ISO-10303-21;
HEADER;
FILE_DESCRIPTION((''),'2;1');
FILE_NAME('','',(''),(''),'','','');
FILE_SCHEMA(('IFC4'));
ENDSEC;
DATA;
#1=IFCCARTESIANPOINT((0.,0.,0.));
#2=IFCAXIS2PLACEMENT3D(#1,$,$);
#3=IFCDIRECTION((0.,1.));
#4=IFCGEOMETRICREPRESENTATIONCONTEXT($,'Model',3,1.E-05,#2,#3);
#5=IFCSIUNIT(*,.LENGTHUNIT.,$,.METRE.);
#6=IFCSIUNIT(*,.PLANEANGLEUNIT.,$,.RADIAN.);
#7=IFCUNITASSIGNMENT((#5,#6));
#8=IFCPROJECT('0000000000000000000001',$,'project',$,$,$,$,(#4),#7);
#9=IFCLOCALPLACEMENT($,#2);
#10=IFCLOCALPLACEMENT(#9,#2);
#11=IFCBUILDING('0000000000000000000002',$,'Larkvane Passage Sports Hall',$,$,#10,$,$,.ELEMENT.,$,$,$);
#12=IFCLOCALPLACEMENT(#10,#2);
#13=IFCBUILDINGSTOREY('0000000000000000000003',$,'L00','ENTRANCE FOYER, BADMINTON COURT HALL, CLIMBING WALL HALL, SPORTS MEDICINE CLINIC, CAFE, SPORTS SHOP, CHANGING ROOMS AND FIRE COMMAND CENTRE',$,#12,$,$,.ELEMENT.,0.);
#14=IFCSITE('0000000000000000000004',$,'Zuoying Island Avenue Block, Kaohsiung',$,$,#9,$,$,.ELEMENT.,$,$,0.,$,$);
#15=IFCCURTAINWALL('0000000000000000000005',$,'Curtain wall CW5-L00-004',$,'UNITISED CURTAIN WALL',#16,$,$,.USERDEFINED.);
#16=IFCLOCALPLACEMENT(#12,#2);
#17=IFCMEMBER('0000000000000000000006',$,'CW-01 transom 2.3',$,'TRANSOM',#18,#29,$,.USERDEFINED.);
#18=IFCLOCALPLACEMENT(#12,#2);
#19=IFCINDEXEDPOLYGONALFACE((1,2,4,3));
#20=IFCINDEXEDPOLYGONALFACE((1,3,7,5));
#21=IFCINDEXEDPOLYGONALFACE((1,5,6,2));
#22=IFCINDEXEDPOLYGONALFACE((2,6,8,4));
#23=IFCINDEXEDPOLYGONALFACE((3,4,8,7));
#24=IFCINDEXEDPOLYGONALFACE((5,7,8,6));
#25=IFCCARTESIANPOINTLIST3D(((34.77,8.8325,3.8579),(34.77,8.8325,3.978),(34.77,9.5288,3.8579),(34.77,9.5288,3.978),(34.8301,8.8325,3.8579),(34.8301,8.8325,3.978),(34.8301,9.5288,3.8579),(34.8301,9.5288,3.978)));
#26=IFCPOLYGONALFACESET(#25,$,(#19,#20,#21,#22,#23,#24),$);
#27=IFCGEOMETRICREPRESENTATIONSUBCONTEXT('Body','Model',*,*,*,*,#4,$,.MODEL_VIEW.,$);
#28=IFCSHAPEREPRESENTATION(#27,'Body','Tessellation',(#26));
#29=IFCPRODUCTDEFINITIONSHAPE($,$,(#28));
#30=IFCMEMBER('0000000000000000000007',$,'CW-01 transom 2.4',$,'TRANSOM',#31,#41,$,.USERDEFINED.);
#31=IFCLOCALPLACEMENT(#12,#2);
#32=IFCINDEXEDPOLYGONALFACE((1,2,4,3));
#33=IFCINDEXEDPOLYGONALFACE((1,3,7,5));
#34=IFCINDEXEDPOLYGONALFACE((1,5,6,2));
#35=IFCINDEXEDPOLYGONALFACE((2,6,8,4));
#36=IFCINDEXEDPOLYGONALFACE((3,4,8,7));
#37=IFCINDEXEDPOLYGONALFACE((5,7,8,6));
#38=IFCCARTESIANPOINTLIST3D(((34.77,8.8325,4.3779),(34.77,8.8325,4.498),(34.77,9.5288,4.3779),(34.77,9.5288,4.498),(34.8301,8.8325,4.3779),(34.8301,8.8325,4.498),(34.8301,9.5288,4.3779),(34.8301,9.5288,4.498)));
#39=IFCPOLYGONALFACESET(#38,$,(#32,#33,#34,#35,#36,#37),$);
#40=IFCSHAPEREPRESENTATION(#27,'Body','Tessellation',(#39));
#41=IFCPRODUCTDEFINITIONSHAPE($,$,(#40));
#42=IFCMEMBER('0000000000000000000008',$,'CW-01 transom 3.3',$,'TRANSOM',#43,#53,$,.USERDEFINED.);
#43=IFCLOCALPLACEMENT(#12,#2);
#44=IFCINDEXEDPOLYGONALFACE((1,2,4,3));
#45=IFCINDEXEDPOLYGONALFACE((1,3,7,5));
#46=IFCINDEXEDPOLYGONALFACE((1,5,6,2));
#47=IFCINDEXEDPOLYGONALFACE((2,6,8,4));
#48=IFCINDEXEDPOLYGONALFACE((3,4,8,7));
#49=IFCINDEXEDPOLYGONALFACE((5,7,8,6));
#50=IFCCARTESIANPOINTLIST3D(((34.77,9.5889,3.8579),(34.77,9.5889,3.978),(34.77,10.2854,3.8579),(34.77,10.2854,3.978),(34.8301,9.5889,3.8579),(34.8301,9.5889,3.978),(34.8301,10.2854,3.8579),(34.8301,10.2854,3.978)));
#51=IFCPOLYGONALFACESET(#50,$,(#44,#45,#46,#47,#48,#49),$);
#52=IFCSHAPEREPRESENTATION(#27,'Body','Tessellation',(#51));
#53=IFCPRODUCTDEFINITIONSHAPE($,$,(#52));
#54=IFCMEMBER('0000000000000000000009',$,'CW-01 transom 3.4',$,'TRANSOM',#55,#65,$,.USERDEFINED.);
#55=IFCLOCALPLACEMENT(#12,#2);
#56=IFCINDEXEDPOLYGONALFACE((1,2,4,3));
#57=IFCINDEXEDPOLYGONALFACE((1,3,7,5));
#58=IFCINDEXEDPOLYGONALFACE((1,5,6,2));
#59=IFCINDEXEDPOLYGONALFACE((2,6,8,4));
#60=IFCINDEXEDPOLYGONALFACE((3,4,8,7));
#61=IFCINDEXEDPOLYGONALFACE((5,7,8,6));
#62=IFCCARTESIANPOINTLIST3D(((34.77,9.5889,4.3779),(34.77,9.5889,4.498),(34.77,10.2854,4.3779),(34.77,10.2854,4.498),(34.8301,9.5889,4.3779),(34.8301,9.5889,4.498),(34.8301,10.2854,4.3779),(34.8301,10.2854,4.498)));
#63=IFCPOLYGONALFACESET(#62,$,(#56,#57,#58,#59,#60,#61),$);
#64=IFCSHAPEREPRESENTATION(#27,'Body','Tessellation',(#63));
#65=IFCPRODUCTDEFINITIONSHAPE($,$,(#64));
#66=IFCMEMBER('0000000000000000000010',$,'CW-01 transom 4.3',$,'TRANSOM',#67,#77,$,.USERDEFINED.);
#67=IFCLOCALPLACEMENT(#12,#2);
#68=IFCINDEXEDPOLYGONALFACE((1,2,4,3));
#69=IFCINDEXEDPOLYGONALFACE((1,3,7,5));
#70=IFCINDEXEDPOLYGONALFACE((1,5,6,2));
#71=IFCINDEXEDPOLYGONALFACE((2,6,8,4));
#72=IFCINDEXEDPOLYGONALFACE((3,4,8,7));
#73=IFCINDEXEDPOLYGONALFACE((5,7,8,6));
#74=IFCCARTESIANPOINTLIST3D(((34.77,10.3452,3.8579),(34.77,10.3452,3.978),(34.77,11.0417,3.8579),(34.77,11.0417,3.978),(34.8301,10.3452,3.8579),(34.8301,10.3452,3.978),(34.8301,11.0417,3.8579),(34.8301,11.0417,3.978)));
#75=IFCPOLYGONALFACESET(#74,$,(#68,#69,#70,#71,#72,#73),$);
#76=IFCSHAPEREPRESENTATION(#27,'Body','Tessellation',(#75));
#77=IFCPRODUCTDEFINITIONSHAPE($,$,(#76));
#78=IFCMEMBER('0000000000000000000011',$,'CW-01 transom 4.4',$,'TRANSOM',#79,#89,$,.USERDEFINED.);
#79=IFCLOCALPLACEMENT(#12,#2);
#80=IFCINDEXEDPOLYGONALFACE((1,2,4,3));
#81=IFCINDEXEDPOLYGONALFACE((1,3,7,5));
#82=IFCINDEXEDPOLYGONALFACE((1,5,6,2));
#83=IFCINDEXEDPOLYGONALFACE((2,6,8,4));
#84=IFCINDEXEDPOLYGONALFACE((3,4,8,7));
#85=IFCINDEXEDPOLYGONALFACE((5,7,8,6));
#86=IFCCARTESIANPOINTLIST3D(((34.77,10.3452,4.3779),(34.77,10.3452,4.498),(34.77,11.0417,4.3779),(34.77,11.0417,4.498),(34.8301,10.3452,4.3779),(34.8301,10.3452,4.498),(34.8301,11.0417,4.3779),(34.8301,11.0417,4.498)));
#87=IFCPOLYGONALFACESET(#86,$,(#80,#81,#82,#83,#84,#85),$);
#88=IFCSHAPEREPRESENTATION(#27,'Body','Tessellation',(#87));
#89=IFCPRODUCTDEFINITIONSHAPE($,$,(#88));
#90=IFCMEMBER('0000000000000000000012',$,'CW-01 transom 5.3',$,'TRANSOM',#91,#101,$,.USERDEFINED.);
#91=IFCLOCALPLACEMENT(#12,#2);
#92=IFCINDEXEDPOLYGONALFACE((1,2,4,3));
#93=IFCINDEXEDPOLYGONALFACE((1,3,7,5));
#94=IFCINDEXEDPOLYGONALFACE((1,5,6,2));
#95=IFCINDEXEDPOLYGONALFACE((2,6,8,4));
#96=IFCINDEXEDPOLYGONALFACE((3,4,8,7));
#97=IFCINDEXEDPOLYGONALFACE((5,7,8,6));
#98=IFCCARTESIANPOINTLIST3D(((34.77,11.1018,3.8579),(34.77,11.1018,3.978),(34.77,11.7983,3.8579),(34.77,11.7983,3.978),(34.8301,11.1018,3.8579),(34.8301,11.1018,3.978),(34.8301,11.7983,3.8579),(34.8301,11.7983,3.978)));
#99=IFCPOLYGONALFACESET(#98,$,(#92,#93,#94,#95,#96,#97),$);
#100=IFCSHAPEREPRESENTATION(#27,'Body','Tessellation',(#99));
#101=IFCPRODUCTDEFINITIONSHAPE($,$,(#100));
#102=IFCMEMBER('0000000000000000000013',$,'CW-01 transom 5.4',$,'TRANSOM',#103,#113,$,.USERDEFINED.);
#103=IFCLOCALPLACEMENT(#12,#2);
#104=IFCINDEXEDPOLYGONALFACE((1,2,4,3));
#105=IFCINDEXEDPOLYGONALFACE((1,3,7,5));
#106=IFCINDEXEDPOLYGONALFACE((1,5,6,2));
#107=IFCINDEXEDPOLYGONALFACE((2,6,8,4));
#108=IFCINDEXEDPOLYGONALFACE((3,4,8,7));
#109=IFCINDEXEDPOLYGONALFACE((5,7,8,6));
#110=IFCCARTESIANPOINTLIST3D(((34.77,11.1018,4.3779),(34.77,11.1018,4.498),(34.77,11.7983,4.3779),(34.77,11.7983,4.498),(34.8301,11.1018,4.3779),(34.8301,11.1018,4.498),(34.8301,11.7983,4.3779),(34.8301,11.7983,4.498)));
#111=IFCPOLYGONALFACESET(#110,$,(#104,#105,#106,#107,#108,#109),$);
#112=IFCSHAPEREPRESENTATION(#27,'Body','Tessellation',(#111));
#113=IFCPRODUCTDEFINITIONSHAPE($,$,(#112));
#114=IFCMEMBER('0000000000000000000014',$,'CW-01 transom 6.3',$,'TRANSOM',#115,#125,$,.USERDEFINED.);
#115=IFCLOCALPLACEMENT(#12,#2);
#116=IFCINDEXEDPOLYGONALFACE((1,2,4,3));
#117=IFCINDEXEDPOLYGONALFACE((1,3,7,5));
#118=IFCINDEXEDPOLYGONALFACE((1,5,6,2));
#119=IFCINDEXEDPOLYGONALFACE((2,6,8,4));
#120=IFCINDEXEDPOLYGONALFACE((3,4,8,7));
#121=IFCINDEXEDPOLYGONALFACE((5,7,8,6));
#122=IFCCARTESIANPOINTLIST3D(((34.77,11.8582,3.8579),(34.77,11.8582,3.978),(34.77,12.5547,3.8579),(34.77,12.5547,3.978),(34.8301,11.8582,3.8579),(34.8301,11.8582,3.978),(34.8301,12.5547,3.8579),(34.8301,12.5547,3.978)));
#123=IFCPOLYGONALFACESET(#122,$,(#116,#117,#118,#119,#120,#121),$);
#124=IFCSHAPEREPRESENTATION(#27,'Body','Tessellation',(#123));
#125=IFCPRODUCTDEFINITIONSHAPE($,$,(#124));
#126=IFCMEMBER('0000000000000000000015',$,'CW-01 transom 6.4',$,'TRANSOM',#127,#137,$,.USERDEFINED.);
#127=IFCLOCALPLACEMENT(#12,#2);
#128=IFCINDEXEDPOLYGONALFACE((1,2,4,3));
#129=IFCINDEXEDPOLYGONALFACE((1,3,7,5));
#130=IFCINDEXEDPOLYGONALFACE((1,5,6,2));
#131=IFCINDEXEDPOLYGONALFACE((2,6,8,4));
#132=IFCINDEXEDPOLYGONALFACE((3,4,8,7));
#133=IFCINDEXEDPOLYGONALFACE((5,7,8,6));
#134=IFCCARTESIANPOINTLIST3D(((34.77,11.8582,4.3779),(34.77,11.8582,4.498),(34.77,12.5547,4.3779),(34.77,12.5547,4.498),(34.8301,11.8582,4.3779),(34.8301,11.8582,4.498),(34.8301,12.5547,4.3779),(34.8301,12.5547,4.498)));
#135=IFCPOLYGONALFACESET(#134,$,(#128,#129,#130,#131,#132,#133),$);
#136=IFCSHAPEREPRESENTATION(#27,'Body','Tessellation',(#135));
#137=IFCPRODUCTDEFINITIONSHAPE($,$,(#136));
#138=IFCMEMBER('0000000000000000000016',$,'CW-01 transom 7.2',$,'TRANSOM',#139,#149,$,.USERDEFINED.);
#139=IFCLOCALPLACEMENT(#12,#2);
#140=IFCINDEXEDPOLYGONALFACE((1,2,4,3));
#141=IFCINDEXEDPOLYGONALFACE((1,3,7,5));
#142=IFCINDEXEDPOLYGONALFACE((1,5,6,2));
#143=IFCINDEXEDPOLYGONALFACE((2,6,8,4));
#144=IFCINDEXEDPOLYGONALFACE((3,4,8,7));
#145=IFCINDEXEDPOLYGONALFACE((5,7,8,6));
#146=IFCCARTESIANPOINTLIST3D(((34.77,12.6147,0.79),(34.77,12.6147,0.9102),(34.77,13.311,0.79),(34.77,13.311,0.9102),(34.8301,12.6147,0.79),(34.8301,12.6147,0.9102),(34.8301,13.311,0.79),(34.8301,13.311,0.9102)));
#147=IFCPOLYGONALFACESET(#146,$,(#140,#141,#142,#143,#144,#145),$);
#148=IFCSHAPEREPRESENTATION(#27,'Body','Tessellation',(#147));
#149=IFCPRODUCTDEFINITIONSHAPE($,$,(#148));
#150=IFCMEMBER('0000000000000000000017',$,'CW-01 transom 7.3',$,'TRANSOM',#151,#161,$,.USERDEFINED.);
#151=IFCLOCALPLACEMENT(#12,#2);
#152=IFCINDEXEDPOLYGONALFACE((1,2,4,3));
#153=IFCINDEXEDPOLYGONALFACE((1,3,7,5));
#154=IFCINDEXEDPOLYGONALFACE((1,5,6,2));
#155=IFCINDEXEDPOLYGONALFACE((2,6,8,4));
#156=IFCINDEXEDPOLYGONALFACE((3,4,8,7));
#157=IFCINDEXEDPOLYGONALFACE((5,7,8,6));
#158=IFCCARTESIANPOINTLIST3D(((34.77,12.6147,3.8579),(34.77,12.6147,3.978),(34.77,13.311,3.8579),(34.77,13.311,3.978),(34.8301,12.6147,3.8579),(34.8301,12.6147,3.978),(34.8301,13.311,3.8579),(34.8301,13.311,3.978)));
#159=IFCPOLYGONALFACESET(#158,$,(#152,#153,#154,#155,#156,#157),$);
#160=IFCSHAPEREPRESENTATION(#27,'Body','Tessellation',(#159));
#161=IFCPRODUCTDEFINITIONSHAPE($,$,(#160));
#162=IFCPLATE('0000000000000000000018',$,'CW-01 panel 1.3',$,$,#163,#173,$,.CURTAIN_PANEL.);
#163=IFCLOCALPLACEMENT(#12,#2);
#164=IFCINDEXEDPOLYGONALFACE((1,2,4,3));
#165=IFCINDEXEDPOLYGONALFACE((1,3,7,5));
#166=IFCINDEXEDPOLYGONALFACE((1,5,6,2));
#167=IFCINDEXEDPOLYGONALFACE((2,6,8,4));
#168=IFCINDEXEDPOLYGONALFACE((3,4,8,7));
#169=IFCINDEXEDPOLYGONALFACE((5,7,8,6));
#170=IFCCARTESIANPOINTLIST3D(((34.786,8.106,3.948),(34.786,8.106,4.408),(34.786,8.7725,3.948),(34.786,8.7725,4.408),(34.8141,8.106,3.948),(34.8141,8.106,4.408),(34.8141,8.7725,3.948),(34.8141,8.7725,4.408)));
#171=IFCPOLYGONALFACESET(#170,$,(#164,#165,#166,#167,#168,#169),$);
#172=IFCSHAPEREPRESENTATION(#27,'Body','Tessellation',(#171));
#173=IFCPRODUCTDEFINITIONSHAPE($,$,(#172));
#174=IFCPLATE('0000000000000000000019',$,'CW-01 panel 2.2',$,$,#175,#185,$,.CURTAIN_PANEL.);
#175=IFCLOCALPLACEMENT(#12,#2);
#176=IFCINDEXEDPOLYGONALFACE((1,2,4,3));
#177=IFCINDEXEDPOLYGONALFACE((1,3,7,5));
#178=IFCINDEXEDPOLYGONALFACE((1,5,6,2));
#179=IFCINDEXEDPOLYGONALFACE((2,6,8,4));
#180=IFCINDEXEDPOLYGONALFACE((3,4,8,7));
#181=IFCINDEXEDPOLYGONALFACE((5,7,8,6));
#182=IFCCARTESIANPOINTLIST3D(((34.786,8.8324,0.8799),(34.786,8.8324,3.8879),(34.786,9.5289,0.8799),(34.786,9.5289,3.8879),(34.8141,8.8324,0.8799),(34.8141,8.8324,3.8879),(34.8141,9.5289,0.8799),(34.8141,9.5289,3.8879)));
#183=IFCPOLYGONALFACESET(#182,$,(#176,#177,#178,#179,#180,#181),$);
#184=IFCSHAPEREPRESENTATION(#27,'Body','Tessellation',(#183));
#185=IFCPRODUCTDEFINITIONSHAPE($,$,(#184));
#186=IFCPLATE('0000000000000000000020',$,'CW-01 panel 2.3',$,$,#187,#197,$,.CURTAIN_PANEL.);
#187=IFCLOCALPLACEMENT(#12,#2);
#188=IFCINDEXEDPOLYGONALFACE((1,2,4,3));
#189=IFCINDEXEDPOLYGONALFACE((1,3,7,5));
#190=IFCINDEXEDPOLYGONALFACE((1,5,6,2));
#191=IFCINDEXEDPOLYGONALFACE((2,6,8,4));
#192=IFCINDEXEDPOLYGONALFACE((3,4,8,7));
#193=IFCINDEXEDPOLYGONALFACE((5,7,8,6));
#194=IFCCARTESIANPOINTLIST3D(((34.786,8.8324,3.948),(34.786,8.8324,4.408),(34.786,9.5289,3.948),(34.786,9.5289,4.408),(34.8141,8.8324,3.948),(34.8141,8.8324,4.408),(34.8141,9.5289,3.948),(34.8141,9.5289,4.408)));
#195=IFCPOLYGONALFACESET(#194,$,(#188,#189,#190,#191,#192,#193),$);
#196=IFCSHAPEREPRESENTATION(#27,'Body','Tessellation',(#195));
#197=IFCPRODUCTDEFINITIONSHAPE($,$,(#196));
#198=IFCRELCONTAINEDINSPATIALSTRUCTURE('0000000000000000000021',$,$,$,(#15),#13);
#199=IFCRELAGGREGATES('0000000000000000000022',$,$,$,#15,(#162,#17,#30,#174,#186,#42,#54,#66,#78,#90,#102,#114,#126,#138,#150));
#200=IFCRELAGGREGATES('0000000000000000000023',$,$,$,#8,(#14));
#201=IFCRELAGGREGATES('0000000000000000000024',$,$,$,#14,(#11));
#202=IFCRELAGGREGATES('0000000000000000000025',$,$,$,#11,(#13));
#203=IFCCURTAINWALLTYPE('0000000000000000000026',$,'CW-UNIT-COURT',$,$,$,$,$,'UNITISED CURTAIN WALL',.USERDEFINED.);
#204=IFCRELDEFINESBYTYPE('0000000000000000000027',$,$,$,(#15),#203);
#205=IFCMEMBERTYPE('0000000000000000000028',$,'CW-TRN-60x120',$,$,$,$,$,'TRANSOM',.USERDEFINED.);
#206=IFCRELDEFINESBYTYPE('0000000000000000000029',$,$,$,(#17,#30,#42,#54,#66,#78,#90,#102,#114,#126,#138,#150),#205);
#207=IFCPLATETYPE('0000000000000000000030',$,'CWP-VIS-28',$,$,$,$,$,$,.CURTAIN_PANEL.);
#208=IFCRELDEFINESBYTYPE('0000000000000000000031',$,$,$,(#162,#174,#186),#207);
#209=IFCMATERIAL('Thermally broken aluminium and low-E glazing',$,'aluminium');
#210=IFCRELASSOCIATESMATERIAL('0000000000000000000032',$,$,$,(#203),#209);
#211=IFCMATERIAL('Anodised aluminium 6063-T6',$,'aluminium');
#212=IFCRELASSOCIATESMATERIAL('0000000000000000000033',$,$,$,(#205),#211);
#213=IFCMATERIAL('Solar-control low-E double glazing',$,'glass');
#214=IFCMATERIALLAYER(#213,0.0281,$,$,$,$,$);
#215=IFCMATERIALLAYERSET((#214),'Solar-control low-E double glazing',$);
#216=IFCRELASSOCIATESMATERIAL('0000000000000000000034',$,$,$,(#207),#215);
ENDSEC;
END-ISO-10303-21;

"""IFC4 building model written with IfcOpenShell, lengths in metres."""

from ifc_helpers import new_model, si_unit, direction, frame, origin, origin_2d, place, context, subcontext, project, spatial, rectangle, extrude, material, layer, layer_set, material_profile, profile_set, type_object, element, aggregate, save


model = new_model("IFC4")

# Units and contexts
model_context = context("Model", 3, precision=1e-05, world=origin(), true_north=direction((0.0, 1.0)))
body_context = subcontext(model_context, "Body", "Model", "MODEL_VIEW")
ifc_project = project(units=[si_unit("LENGTHUNIT", "METRE"), si_unit("PLANEANGLEUNIT", "RADIAN")], contexts=[model_context])

# Site, building, storey
site_placement = place(None, origin())
site = spatial("IfcSite", under=ifc_project, at=site_placement, Name="Zuoying Island Avenue Block, Kaohsiung", CompositionType="ELEMENT", RefElevation=0.0)
building_placement = place(site_placement, origin())
building = spatial("IfcBuilding", under=site, at=building_placement, Name="Larkvane Passage Sports Hall", CompositionType="ELEMENT")
storey_placement = place(building_placement, origin())
storey = spatial("IfcBuildingStorey", under=building, at=storey_placement, Name="L00", Description="ENTRANCE FOYER, BADMINTON COURT HALL, CLIMBING WALL HALL, SPORTS MEDICINE CLINIC, CAFE, SPORTS SHOP, CHANGING ROOMS AND FIRE COMMAND CENTRE", CompositionType="ELEMENT", Elevation=0.0)

# Curtain wall, members, plates
ifc_material_1 = material(Name="Thermally broken aluminium and low-E glazing", Category="aluminium")
curtain_wall_type = type_object("IfcCurtainWallType", Name="CW-UNIT-COURT", ElementType="UNITISED CURTAIN WALL", PredefinedType="USERDEFINED", material=ifc_material_1)
curtain_wall_placement = place(storey_placement, origin())
curtain_wall = element("IfcCurtainWall", 1, at=curtain_wall_placement, inside=storey, type_object=curtain_wall_type, Name="Curtain wall CW5-L00-004", ObjectType="UNITISED CURTAIN WALL", PredefinedType="USERDEFINED")
ifc_material_2 = material(Name="Anodised aluminium 6063-T6", Category="aluminium")
ifc_material_profile = material_profile(ifc_material_2, rectangle(XDim=0.0601, YDim=0.1201, at=origin_2d()), Name="ALU-TRN-60x120")
ifc_profile_set = profile_set([ifc_material_profile], Name="Anodised aluminium 6063-T6")
member_type = type_object("IfcMemberType", Name="CW-TRN-60x120", ElementType="TRANSOM", PredefinedType="USERDEFINED", material=ifc_profile_set)
member_1_placement = place(storey_placement, frame((34.8, 8.8325, 3.918), z_axis=(0.0, 1.0, 0.0), x_axis=(-1.0, 0.0, 0.0)))
member_1 = element("IfcMember", 2, at=member_1_placement, type_object=member_type, Name="CW-01 transom 2.3", ObjectType="TRANSOM", PredefinedType="USERDEFINED", context=body_context, shape_type="SweptSolid", body=[
    extrude(rectangle(XDim=0.0601, YDim=0.1201, at=origin_2d()), origin(), (0.0, 0.0, 1.0), 0.6963),
])
member_2_placement = place(storey_placement, frame((34.8, 8.8325, 4.438), z_axis=(0.0, 1.0, 0.0), x_axis=(-1.0, 0.0, 0.0)))
member_2 = element("IfcMember", 3, at=member_2_placement, type_object=member_type, Name="CW-01 transom 2.4", ObjectType="TRANSOM", PredefinedType="USERDEFINED", context=body_context, shape_type="SweptSolid", body=[
    extrude(rectangle(XDim=0.0601, YDim=0.1201, at=origin_2d()), origin(), (0.0, 0.0, 1.0), 0.6963),
])
member_3_placement = place(storey_placement, frame((34.8, 9.5889, 3.918), z_axis=(0.0, 1.0, 0.0), x_axis=(-1.0, 0.0, 0.0)))
member_3 = element("IfcMember", 4, at=member_3_placement, type_object=member_type, Name="CW-01 transom 3.3", ObjectType="TRANSOM", PredefinedType="USERDEFINED", context=body_context, shape_type="SweptSolid", body=[
    extrude(rectangle(XDim=0.0601, YDim=0.1201, at=origin_2d()), origin(), (0.0, 0.0, 1.0), 0.6965),
])
member_4_placement = place(storey_placement, frame((34.8, 9.5889, 4.438), z_axis=(0.0, 1.0, 0.0), x_axis=(-1.0, 0.0, 0.0)))
member_4 = element("IfcMember", 5, at=member_4_placement, type_object=member_type, Name="CW-01 transom 3.4", ObjectType="TRANSOM", PredefinedType="USERDEFINED", context=body_context, shape_type="SweptSolid", body=[
    extrude(rectangle(XDim=0.0601, YDim=0.1201, at=origin_2d()), origin(), (0.0, 0.0, 1.0), 0.6965),
])
member_5_placement = place(storey_placement, frame((34.8, 10.3452, 3.918), z_axis=(0.0, 1.0, 0.0), x_axis=(-1.0, 0.0, 0.0)))
member_5 = element("IfcMember", 6, at=member_5_placement, type_object=member_type, Name="CW-01 transom 4.3", ObjectType="TRANSOM", PredefinedType="USERDEFINED", context=body_context, shape_type="SweptSolid", body=[
    extrude(rectangle(XDim=0.0601, YDim=0.1201, at=origin_2d()), origin(), (0.0, 0.0, 1.0), 0.6965),
])
member_6_placement = place(storey_placement, frame((34.8, 10.3452, 4.438), z_axis=(0.0, 1.0, 0.0), x_axis=(-1.0, 0.0, 0.0)))
member_6 = element("IfcMember", 7, at=member_6_placement, type_object=member_type, Name="CW-01 transom 4.4", ObjectType="TRANSOM", PredefinedType="USERDEFINED", context=body_context, shape_type="SweptSolid", body=[
    extrude(rectangle(XDim=0.0601, YDim=0.1201, at=origin_2d()), origin(), (0.0, 0.0, 1.0), 0.6965),
])
member_7_placement = place(storey_placement, frame((34.8, 11.1018, 3.918), z_axis=(0.0, 1.0, 0.0), x_axis=(-1.0, 0.0, 0.0)))
member_7 = element("IfcMember", 8, at=member_7_placement, type_object=member_type, Name="CW-01 transom 5.3", ObjectType="TRANSOM", PredefinedType="USERDEFINED", context=body_context, shape_type="SweptSolid", body=[
    extrude(rectangle(XDim=0.0601, YDim=0.1201, at=origin_2d()), origin(), (0.0, 0.0, 1.0), 0.6965),
])
member_8_placement = place(storey_placement, frame((34.8, 11.1018, 4.438), z_axis=(0.0, 1.0, 0.0), x_axis=(-1.0, 0.0, 0.0)))
member_8 = element("IfcMember", 9, at=member_8_placement, type_object=member_type, Name="CW-01 transom 5.4", ObjectType="TRANSOM", PredefinedType="USERDEFINED", context=body_context, shape_type="SweptSolid", body=[
    extrude(rectangle(XDim=0.0601, YDim=0.1201, at=origin_2d()), origin(), (0.0, 0.0, 1.0), 0.6965),
])
member_9_placement = place(storey_placement, frame((34.8, 11.8582, 3.918), z_axis=(0.0, 1.0, 0.0), x_axis=(-1.0, 0.0, 0.0)))
member_9 = element("IfcMember", 10, at=member_9_placement, type_object=member_type, Name="CW-01 transom 6.3", ObjectType="TRANSOM", PredefinedType="USERDEFINED", context=body_context, shape_type="SweptSolid", body=[
    extrude(rectangle(XDim=0.0601, YDim=0.1201, at=origin_2d()), origin(), (0.0, 0.0, 1.0), 0.6965),
])
member_10_placement = place(storey_placement, frame((34.8, 11.8582, 4.438), z_axis=(0.0, 1.0, 0.0), x_axis=(-1.0, 0.0, 0.0)))
member_10 = element("IfcMember", 11, at=member_10_placement, type_object=member_type, Name="CW-01 transom 6.4", ObjectType="TRANSOM", PredefinedType="USERDEFINED", context=body_context, shape_type="SweptSolid", body=[
    extrude(rectangle(XDim=0.0601, YDim=0.1201, at=origin_2d()), origin(), (0.0, 0.0, 1.0), 0.6965),
])
member_11_placement = place(storey_placement, frame((34.8, 12.6147, 0.8501), z_axis=(0.0, 1.0, 0.0), x_axis=(-1.0, 0.0, 0.0)))
member_11 = element("IfcMember", 12, at=member_11_placement, type_object=member_type, Name="CW-01 transom 7.2", ObjectType="TRANSOM", PredefinedType="USERDEFINED", context=body_context, shape_type="SweptSolid", body=[
    extrude(rectangle(XDim=0.0601, YDim=0.1201, at=origin_2d()), origin(), (0.0, 0.0, 1.0), 0.6963),
])
member_12_placement = place(storey_placement, frame((34.8, 12.6147, 3.918), z_axis=(0.0, 1.0, 0.0), x_axis=(-1.0, 0.0, 0.0)))
member_12 = element("IfcMember", 13, at=member_12_placement, type_object=member_type, Name="CW-01 transom 7.3", ObjectType="TRANSOM", PredefinedType="USERDEFINED", context=body_context, shape_type="SweptSolid", body=[
    extrude(rectangle(XDim=0.0601, YDim=0.1201, at=origin_2d()), origin(), (0.0, 0.0, 1.0), 0.6963),
])
ifc_material_3 = material(Name="Solar-control low-E double glazing", Category="glass")
ifc_layer = layer(ifc_material_3, 0.0281)
ifc_layer_set = layer_set([ifc_layer], Name="Solar-control low-E double glazing")
plate_type = type_object("IfcPlateType", Name="CWP-VIS-28", PredefinedType="CURTAIN_PANEL", material=ifc_layer_set)
plate_1_placement = place(storey_placement, frame((34.8, 8.4392, 3.948), z_axis=(0.0, 0.0, 1.0), x_axis=(0.0, 1.0, 0.0)))
plate_1 = element("IfcPlate", 14, at=plate_1_placement, type_object=plate_type, Name="CW-01 panel 1.3", PredefinedType="CURTAIN_PANEL", context=body_context, shape_type="SweptSolid", body=[
    extrude(rectangle(XDim=0.6665, YDim=0.0281, at=origin_2d()), origin(), (0.0, 0.0, 1.0), 0.46),
])
plate_2_placement = place(storey_placement, frame((34.8, 9.1807, 0.8799), z_axis=(0.0, 0.0, 1.0), x_axis=(0.0, 1.0, 0.0)))
plate_2 = element("IfcPlate", 15, at=plate_2_placement, type_object=plate_type, Name="CW-01 panel 2.2", PredefinedType="CURTAIN_PANEL", context=body_context, shape_type="SweptSolid", body=[
    extrude(rectangle(XDim=0.6965, YDim=0.0281, at=origin_2d()), origin(), (0.0, 0.0, 1.0), 3.0081),
])
plate_3_placement = place(storey_placement, frame((34.8, 9.1807, 3.948), z_axis=(0.0, 0.0, 1.0), x_axis=(0.0, 1.0, 0.0)))
plate_3 = element("IfcPlate", 16, at=plate_3_placement, type_object=plate_type, Name="CW-01 panel 2.3", PredefinedType="CURTAIN_PANEL", context=body_context, shape_type="SweptSolid", body=[
    extrude(rectangle(XDim=0.6965, YDim=0.0281, at=origin_2d()), origin(), (0.0, 0.0, 1.0), 0.46),
])
aggregate(curtain_wall, [plate_1, member_1, member_2, plate_2, plate_3, member_3, member_4, member_5, member_6, member_7, member_8, member_9, member_10, member_11, member_12])

save(model, "model.ifc")
